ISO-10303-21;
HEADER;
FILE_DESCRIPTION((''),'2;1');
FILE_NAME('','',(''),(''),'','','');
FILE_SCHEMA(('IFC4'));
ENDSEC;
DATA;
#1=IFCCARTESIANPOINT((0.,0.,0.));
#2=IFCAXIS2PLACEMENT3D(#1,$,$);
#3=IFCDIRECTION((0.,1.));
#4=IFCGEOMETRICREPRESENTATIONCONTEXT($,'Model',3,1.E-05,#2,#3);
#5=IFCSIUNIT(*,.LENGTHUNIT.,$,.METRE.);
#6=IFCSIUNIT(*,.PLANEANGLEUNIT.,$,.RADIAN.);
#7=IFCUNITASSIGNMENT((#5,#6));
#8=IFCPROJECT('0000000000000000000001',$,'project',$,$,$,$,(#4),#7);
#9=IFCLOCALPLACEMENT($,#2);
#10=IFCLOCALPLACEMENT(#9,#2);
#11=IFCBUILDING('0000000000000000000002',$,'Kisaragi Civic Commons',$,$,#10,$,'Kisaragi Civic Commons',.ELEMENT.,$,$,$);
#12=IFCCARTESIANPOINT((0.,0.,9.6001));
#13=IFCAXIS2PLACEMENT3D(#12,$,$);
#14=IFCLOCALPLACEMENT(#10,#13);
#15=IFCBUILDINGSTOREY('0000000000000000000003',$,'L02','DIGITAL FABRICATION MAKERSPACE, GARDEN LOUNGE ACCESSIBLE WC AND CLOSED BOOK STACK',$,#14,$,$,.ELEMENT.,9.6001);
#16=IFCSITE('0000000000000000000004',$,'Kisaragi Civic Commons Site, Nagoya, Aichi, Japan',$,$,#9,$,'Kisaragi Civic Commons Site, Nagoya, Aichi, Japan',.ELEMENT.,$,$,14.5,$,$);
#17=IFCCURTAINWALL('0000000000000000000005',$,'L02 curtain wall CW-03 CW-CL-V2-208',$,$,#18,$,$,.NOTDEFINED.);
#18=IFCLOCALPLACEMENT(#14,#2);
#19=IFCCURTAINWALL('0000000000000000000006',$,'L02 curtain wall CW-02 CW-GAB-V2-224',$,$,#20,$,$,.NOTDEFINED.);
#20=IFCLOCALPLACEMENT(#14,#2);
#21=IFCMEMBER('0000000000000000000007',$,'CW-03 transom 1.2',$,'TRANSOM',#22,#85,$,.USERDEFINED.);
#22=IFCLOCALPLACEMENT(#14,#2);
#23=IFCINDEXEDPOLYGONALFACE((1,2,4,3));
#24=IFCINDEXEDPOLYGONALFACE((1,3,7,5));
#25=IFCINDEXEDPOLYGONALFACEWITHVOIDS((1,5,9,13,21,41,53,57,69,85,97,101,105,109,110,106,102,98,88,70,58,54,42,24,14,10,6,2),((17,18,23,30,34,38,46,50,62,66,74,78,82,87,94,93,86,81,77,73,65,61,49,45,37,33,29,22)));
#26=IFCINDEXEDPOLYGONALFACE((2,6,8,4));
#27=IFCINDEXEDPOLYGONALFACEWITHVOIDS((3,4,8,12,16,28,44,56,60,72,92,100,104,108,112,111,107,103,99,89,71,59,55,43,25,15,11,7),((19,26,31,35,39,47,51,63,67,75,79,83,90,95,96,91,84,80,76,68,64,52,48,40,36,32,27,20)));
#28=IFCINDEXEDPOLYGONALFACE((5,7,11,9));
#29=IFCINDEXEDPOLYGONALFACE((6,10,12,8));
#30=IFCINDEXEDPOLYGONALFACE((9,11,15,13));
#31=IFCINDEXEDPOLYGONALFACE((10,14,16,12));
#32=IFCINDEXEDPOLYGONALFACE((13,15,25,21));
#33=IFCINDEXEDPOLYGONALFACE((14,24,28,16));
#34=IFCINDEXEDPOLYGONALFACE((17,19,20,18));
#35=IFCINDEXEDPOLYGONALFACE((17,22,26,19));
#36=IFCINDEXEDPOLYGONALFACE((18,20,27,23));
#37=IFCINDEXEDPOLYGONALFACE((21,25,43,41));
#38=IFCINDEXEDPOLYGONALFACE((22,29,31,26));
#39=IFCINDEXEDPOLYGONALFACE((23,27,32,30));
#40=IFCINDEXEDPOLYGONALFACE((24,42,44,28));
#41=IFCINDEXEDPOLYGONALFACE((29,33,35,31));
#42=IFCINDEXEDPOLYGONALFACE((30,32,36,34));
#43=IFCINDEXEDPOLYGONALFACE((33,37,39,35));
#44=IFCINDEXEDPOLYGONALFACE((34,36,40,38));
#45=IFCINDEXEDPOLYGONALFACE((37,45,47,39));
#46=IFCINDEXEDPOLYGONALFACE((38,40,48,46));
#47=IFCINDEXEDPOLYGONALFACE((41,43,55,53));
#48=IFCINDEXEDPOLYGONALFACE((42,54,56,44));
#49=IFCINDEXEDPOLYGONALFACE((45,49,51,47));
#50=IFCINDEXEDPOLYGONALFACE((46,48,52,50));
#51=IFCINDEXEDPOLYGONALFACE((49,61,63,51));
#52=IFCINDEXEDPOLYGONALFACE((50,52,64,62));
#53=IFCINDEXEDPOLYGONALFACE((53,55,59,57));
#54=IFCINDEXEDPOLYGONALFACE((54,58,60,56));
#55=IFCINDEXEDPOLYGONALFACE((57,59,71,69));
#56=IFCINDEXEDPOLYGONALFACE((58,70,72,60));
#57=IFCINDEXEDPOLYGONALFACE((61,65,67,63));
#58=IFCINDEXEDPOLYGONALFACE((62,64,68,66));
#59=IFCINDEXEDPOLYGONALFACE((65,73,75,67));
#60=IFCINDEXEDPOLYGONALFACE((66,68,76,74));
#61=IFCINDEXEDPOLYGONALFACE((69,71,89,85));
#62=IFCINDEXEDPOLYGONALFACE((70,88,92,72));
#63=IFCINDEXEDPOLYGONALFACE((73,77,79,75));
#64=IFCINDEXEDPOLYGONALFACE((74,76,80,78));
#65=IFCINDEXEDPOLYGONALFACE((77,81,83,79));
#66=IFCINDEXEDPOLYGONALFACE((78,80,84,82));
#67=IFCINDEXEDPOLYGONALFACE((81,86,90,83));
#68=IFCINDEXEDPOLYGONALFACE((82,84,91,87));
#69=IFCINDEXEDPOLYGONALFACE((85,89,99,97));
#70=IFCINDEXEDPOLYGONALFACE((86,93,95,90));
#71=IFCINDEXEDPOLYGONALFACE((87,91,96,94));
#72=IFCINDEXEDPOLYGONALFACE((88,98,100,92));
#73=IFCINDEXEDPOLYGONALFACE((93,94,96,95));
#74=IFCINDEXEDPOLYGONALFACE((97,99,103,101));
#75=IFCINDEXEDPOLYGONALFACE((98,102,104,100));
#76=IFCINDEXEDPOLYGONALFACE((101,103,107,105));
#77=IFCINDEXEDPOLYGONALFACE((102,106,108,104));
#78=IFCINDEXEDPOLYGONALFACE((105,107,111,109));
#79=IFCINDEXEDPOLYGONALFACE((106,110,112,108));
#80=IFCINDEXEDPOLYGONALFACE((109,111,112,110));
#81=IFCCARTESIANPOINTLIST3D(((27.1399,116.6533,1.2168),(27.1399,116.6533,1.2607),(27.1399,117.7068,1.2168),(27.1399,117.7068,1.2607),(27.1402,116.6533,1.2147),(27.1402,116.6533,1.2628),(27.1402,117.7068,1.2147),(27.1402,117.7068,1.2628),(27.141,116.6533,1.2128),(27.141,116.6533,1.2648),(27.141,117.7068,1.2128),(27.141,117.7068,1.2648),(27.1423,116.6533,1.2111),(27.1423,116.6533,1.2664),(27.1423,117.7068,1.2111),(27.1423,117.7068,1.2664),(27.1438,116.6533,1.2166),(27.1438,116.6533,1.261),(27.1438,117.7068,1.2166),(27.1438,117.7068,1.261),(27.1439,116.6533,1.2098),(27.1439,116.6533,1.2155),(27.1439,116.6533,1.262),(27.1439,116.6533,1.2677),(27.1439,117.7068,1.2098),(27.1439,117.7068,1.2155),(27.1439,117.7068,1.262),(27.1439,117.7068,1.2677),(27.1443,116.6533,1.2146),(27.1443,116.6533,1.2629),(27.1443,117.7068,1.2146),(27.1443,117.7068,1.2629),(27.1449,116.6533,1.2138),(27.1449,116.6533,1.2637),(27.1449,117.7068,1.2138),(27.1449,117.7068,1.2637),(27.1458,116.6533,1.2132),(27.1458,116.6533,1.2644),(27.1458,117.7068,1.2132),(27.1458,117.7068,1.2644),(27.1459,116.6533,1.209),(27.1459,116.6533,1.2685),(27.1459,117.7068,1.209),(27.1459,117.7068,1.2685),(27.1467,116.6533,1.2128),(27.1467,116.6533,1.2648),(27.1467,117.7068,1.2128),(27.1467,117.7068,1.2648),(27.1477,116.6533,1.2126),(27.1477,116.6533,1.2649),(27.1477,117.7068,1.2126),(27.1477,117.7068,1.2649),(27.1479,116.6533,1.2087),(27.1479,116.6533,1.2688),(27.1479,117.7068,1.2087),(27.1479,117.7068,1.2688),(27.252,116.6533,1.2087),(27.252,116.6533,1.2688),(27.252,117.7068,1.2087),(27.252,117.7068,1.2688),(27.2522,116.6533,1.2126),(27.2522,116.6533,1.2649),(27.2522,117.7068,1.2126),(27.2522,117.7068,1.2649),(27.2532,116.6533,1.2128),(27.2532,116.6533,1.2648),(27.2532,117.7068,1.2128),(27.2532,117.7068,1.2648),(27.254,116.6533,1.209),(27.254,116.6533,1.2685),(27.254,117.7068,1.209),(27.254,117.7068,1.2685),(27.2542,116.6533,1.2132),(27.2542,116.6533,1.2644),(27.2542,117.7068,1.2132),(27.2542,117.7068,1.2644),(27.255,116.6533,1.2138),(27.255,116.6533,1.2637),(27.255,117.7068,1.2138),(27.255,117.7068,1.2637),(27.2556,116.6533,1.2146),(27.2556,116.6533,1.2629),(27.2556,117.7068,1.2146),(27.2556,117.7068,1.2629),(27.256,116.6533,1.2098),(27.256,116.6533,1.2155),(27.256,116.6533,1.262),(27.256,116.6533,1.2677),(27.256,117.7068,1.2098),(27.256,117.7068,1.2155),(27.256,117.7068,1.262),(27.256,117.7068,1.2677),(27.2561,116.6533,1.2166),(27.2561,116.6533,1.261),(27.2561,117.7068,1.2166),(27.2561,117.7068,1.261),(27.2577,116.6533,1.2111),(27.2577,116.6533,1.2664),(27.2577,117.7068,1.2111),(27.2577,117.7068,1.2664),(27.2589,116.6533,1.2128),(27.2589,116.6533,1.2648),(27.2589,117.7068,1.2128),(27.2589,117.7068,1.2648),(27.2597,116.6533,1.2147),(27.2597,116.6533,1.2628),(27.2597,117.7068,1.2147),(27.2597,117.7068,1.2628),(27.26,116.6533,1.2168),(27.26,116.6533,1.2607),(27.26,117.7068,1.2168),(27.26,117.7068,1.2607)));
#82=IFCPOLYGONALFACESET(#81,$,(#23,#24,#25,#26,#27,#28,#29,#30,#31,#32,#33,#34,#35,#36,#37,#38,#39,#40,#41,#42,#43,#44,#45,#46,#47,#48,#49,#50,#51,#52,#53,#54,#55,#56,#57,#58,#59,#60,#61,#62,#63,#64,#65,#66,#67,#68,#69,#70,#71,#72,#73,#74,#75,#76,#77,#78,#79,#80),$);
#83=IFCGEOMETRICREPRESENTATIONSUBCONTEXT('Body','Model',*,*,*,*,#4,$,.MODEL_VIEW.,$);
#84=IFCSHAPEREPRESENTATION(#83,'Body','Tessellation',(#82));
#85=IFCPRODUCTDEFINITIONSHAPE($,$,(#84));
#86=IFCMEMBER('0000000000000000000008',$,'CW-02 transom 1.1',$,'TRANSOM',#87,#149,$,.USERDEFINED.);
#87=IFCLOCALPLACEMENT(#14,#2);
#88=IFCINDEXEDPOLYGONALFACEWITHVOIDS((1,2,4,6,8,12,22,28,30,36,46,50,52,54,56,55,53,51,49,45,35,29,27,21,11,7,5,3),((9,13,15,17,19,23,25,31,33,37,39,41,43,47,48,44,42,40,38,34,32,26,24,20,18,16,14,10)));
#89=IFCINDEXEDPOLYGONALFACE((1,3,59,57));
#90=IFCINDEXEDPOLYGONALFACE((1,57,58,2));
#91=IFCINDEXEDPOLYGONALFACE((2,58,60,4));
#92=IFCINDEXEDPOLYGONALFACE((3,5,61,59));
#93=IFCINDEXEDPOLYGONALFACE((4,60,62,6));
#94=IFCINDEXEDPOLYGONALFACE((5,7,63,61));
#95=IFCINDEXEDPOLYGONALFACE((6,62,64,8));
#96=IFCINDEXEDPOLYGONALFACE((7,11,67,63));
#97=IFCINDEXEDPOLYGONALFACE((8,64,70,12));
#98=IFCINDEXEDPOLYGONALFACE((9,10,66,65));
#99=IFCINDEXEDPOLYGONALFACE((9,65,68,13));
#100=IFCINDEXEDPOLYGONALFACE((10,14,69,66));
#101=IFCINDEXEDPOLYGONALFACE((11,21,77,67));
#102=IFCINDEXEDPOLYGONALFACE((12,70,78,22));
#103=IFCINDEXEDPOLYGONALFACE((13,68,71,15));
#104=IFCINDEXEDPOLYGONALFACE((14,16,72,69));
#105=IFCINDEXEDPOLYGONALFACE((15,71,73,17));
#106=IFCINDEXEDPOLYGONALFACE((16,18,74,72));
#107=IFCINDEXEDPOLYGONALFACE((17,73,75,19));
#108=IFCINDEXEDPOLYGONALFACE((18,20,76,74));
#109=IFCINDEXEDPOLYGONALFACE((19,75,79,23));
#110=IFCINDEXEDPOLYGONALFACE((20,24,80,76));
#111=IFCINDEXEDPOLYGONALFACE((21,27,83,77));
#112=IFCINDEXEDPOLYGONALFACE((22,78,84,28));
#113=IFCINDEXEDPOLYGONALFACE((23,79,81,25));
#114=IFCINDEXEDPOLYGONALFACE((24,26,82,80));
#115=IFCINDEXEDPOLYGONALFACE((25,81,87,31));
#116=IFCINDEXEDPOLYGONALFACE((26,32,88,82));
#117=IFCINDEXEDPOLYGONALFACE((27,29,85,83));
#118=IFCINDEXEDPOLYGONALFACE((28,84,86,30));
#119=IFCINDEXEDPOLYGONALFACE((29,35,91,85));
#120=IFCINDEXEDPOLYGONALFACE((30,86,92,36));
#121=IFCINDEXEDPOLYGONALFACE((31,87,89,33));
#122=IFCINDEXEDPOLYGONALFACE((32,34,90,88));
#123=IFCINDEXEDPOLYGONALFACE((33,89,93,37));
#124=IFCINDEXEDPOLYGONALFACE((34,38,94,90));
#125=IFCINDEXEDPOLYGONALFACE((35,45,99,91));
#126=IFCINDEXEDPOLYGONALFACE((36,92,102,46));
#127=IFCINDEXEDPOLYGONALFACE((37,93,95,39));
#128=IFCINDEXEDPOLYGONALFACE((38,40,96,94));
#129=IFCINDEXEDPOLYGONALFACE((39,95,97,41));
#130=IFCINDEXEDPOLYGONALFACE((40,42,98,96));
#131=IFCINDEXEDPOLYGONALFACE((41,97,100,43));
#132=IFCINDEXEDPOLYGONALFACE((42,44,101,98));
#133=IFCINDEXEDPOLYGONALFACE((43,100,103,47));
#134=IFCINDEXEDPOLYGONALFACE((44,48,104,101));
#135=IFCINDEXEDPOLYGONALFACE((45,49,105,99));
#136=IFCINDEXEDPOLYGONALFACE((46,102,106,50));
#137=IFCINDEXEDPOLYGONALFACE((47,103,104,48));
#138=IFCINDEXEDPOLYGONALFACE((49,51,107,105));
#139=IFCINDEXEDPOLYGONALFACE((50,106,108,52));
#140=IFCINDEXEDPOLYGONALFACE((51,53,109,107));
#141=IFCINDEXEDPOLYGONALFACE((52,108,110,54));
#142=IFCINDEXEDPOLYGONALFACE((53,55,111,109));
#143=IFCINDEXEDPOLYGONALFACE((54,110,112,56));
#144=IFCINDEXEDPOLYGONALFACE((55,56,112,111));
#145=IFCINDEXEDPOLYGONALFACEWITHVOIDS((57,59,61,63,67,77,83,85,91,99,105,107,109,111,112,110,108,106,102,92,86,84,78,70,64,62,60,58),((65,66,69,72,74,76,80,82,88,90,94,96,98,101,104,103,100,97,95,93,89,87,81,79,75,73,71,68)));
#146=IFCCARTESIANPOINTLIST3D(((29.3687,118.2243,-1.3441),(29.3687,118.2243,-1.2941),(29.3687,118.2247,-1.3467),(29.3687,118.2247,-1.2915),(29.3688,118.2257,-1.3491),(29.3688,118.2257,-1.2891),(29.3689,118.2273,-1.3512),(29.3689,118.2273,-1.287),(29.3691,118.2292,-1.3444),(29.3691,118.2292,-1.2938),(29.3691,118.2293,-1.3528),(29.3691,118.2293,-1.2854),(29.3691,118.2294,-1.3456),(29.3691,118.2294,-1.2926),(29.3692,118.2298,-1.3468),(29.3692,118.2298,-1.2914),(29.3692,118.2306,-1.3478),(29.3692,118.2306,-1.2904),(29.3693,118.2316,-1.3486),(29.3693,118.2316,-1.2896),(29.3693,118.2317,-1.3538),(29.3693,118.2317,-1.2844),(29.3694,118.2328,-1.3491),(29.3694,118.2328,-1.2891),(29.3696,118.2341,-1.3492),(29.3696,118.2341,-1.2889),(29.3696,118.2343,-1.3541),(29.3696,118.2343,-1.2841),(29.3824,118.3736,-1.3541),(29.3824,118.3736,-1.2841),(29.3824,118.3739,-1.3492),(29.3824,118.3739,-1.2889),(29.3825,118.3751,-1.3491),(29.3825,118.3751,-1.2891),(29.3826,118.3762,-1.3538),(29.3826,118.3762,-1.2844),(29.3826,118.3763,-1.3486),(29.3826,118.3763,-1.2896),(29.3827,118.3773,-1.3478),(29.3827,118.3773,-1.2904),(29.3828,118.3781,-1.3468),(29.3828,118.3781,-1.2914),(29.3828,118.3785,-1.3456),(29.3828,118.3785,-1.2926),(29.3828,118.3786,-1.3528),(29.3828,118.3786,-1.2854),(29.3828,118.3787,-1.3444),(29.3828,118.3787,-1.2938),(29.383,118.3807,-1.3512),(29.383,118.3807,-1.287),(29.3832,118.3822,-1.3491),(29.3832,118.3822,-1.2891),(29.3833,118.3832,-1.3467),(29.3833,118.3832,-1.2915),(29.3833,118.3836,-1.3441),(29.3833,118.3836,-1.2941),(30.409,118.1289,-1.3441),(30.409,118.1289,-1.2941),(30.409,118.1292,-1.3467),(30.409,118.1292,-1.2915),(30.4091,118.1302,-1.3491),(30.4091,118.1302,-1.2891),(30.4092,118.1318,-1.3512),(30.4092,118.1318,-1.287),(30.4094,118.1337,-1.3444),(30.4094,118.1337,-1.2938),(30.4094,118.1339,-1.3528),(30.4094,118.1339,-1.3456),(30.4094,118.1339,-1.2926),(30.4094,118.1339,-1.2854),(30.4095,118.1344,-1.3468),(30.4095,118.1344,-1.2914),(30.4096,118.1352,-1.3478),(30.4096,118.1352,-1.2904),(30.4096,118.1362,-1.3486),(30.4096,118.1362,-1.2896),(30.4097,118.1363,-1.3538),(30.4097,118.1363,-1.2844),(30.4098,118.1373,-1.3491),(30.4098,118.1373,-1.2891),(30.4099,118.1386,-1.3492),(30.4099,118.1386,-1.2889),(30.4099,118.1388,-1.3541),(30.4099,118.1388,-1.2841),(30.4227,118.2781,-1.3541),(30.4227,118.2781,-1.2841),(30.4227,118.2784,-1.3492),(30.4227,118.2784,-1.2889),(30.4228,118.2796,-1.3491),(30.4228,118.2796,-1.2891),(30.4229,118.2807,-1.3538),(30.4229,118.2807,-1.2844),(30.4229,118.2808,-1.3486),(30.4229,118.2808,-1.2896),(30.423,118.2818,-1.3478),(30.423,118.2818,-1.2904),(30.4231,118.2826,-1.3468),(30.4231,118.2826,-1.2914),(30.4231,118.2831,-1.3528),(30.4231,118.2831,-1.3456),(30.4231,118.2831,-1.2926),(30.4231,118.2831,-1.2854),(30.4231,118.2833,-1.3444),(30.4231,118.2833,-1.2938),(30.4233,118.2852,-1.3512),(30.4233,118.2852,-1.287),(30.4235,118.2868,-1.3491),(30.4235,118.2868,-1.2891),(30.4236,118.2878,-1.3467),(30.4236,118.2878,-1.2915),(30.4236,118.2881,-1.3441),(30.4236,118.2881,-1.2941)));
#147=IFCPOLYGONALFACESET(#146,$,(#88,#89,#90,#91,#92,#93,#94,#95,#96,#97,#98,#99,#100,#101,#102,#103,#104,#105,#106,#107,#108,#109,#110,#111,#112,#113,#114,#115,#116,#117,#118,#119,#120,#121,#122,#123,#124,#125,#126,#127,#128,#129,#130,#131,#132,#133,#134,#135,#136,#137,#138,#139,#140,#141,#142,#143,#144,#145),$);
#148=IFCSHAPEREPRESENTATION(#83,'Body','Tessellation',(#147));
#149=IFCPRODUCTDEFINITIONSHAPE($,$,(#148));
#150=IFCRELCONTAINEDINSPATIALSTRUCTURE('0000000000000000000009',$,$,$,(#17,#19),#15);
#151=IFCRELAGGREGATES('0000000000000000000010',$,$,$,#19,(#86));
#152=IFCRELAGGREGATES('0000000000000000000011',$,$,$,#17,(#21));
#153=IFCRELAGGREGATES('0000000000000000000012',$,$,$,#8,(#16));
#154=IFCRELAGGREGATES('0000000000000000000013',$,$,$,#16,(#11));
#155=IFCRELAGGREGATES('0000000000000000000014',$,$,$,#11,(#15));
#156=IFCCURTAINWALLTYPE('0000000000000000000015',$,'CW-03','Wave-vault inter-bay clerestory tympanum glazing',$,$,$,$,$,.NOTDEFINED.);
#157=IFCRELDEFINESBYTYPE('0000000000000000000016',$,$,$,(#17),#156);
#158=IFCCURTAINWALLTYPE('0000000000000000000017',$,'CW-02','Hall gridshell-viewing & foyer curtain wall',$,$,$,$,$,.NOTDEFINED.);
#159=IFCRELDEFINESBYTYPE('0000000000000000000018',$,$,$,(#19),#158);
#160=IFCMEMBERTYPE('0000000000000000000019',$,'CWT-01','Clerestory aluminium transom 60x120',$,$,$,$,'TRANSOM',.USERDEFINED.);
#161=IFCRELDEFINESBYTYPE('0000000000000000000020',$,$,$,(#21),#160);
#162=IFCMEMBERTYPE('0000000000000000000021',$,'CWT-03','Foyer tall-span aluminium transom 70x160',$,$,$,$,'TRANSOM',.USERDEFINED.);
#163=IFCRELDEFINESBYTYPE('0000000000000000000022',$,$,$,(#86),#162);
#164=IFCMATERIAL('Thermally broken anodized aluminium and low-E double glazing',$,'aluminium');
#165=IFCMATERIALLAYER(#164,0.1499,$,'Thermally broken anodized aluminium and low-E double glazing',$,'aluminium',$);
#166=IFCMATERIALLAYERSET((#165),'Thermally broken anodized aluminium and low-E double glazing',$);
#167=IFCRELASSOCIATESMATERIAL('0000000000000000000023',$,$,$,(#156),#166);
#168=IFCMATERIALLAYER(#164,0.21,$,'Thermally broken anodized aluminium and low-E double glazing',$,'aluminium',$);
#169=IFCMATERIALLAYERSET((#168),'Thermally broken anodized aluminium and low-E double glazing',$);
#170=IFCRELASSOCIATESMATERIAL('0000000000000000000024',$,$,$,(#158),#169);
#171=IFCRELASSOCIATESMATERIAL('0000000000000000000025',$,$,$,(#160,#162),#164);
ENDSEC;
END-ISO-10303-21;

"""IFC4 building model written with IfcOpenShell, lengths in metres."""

from ifc_helpers import new_model, si_unit, direction, frame, origin, origin_2d, place, context, subcontext, project, spatial, hollow_rectangle, extrude, material, layer, layer_set, material_profile, profile_set, type_object, element, aggregate, save


model = new_model("IFC4")

# Units and contexts
model_context = context("Model", 3, precision=1e-05, world=origin(), true_north=direction((0.0, 1.0)))
body_context = subcontext(model_context, "Body", "Model", "MODEL_VIEW")
ifc_project = project(units=[si_unit("LENGTHUNIT", "METRE"), si_unit("PLANEANGLEUNIT", "RADIAN")], contexts=[model_context])

# Site, building, storey
site_placement = place(None, origin())
site = spatial("IfcSite", under=ifc_project, at=site_placement, Name="Kisaragi Civic Commons Site, Nagoya, Aichi, Japan", LongName="Kisaragi Civic Commons Site, Nagoya, Aichi, Japan", CompositionType="ELEMENT", RefElevation=14.5)
building_placement = place(site_placement, origin())
building = spatial("IfcBuilding", under=site, at=building_placement, Name="Kisaragi Civic Commons", LongName="Kisaragi Civic Commons", CompositionType="ELEMENT")
storey_placement = place(building_placement, frame((0.0, 0.0, 9.6001)))
storey = spatial("IfcBuildingStorey", under=building, at=storey_placement, Name="L02", Description="DIGITAL FABRICATION MAKERSPACE, GARDEN LOUNGE ACCESSIBLE WC AND CLOSED BOOK STACK", CompositionType="ELEMENT", Elevation=9.6001)

# Curtain walls
ifc_material_1 = material(Name="Thermally broken anodized aluminium and low-E double glazing", Category="aluminium")
ifc_layer_1 = layer(ifc_material_1, 0.1499, Name="Thermally broken anodized aluminium and low-E double glazing", Category="aluminium")
ifc_layer_set_1 = layer_set([ifc_layer_1], Name="Thermally broken anodized aluminium and low-E double glazing")
curtain_wall_type_1 = type_object("IfcCurtainWallType", Name="CW-03", Description="Wave-vault inter-bay clerestory tympanum glazing", PredefinedType="NOTDEFINED", material=ifc_layer_set_1)
curtain_wall_1_placement = place(storey_placement, origin())
curtain_wall_1 = element("IfcCurtainWall", 1, at=curtain_wall_1_placement, inside=storey, type_object=curtain_wall_type_1, Name="L02 curtain wall CW-03 CW-CL-V2-208", PredefinedType="NOTDEFINED")
ifc_layer_2 = layer(ifc_material_1, 0.21, Name="Thermally broken anodized aluminium and low-E double glazing", Category="aluminium")
ifc_layer_set_2 = layer_set([ifc_layer_2], Name="Thermally broken anodized aluminium and low-E double glazing")
curtain_wall_type_2 = type_object("IfcCurtainWallType", Name="CW-02", Description="Hall gridshell-viewing & foyer curtain wall", PredefinedType="NOTDEFINED", material=ifc_layer_set_2)
curtain_wall_2_placement = place(storey_placement, origin())
curtain_wall_2 = element("IfcCurtainWall", 2, at=curtain_wall_2_placement, inside=storey, type_object=curtain_wall_type_2, Name="L02 curtain wall CW-02 CW-GAB-V2-224", PredefinedType="NOTDEFINED")

# Members
ifc_material_profile_1 = material_profile(ifc_material_1, hollow_rectangle(XDim=0.1201, YDim=0.0601, WallThickness=0.0039, InnerFilletRadius=0.0039, OuterFilletRadius=0.0081, at=origin_2d()), Name="CWT-60x120x4", Category="aluminium")
ifc_profile_set_1 = profile_set([ifc_material_profile_1], Name="Thermally broken anodized aluminium and low-E double glazing")
member_type_1 = type_object("IfcMemberType", Name="CWT-01", Description="Clerestory aluminium transom 60x120", ElementType="TRANSOM", PredefinedType="USERDEFINED", material=ifc_profile_set_1)
member_1_placement = place(storey_placement, frame((27.2, 116.6533, 1.2388), z_axis=(0.0, 1.0, 0.0), x_axis=(-1.0, 0.0, 0.0)))
member_1 = element("IfcMember", 3, at=member_1_placement, type_object=member_type_1, Name="CW-03 transom 1.2", ObjectType="TRANSOM", PredefinedType="USERDEFINED", context=body_context, shape_type="SweptSolid", body=[
    extrude(hollow_rectangle(XDim=0.1201, YDim=0.0601, WallThickness=0.0039, InnerFilletRadius=0.0039, OuterFilletRadius=0.0081, at=origin_2d()), origin(), (0.0, 0.0, 1.0), 1.0535),
])
ifc_material_profile_2 = material_profile(ifc_material_1, hollow_rectangle(XDim=0.1599, YDim=0.0701, WallThickness=0.0049, InnerFilletRadius=0.0049, OuterFilletRadius=0.01, at=origin_2d()), Name="CWT-70x160x5", Category="aluminium")
ifc_profile_set_2 = profile_set([ifc_material_profile_2], Name="Thermally broken anodized aluminium and low-E double glazing")
member_type_2 = type_object("IfcMemberType", Name="CWT-03", Description="Foyer tall-span aluminium transom 70x160", ElementType="TRANSOM", PredefinedType="USERDEFINED", material=ifc_profile_set_2)
member_2_placement = place(storey_placement, frame((29.376, 118.304, -1.3191), z_axis=(0.995816, -0.091379, 0.0), x_axis=(0.091379, 0.995816, 0.0)))
member_2 = element("IfcMember", 4, at=member_2_placement, type_object=member_type_2, Name="CW-02 transom 1.1", ObjectType="TRANSOM", PredefinedType="USERDEFINED", context=body_context, shape_type="SweptSolid", body=[
    extrude(hollow_rectangle(XDim=0.1599, YDim=0.0701, WallThickness=0.0049, InnerFilletRadius=0.0049, OuterFilletRadius=0.01, at=origin_2d()), origin(), (0.0, 0.0, 1.0), 1.0447),
])

aggregate(curtain_wall_2, [member_2])
aggregate(curtain_wall_1, [member_1])

save(model, "model.ifc")
